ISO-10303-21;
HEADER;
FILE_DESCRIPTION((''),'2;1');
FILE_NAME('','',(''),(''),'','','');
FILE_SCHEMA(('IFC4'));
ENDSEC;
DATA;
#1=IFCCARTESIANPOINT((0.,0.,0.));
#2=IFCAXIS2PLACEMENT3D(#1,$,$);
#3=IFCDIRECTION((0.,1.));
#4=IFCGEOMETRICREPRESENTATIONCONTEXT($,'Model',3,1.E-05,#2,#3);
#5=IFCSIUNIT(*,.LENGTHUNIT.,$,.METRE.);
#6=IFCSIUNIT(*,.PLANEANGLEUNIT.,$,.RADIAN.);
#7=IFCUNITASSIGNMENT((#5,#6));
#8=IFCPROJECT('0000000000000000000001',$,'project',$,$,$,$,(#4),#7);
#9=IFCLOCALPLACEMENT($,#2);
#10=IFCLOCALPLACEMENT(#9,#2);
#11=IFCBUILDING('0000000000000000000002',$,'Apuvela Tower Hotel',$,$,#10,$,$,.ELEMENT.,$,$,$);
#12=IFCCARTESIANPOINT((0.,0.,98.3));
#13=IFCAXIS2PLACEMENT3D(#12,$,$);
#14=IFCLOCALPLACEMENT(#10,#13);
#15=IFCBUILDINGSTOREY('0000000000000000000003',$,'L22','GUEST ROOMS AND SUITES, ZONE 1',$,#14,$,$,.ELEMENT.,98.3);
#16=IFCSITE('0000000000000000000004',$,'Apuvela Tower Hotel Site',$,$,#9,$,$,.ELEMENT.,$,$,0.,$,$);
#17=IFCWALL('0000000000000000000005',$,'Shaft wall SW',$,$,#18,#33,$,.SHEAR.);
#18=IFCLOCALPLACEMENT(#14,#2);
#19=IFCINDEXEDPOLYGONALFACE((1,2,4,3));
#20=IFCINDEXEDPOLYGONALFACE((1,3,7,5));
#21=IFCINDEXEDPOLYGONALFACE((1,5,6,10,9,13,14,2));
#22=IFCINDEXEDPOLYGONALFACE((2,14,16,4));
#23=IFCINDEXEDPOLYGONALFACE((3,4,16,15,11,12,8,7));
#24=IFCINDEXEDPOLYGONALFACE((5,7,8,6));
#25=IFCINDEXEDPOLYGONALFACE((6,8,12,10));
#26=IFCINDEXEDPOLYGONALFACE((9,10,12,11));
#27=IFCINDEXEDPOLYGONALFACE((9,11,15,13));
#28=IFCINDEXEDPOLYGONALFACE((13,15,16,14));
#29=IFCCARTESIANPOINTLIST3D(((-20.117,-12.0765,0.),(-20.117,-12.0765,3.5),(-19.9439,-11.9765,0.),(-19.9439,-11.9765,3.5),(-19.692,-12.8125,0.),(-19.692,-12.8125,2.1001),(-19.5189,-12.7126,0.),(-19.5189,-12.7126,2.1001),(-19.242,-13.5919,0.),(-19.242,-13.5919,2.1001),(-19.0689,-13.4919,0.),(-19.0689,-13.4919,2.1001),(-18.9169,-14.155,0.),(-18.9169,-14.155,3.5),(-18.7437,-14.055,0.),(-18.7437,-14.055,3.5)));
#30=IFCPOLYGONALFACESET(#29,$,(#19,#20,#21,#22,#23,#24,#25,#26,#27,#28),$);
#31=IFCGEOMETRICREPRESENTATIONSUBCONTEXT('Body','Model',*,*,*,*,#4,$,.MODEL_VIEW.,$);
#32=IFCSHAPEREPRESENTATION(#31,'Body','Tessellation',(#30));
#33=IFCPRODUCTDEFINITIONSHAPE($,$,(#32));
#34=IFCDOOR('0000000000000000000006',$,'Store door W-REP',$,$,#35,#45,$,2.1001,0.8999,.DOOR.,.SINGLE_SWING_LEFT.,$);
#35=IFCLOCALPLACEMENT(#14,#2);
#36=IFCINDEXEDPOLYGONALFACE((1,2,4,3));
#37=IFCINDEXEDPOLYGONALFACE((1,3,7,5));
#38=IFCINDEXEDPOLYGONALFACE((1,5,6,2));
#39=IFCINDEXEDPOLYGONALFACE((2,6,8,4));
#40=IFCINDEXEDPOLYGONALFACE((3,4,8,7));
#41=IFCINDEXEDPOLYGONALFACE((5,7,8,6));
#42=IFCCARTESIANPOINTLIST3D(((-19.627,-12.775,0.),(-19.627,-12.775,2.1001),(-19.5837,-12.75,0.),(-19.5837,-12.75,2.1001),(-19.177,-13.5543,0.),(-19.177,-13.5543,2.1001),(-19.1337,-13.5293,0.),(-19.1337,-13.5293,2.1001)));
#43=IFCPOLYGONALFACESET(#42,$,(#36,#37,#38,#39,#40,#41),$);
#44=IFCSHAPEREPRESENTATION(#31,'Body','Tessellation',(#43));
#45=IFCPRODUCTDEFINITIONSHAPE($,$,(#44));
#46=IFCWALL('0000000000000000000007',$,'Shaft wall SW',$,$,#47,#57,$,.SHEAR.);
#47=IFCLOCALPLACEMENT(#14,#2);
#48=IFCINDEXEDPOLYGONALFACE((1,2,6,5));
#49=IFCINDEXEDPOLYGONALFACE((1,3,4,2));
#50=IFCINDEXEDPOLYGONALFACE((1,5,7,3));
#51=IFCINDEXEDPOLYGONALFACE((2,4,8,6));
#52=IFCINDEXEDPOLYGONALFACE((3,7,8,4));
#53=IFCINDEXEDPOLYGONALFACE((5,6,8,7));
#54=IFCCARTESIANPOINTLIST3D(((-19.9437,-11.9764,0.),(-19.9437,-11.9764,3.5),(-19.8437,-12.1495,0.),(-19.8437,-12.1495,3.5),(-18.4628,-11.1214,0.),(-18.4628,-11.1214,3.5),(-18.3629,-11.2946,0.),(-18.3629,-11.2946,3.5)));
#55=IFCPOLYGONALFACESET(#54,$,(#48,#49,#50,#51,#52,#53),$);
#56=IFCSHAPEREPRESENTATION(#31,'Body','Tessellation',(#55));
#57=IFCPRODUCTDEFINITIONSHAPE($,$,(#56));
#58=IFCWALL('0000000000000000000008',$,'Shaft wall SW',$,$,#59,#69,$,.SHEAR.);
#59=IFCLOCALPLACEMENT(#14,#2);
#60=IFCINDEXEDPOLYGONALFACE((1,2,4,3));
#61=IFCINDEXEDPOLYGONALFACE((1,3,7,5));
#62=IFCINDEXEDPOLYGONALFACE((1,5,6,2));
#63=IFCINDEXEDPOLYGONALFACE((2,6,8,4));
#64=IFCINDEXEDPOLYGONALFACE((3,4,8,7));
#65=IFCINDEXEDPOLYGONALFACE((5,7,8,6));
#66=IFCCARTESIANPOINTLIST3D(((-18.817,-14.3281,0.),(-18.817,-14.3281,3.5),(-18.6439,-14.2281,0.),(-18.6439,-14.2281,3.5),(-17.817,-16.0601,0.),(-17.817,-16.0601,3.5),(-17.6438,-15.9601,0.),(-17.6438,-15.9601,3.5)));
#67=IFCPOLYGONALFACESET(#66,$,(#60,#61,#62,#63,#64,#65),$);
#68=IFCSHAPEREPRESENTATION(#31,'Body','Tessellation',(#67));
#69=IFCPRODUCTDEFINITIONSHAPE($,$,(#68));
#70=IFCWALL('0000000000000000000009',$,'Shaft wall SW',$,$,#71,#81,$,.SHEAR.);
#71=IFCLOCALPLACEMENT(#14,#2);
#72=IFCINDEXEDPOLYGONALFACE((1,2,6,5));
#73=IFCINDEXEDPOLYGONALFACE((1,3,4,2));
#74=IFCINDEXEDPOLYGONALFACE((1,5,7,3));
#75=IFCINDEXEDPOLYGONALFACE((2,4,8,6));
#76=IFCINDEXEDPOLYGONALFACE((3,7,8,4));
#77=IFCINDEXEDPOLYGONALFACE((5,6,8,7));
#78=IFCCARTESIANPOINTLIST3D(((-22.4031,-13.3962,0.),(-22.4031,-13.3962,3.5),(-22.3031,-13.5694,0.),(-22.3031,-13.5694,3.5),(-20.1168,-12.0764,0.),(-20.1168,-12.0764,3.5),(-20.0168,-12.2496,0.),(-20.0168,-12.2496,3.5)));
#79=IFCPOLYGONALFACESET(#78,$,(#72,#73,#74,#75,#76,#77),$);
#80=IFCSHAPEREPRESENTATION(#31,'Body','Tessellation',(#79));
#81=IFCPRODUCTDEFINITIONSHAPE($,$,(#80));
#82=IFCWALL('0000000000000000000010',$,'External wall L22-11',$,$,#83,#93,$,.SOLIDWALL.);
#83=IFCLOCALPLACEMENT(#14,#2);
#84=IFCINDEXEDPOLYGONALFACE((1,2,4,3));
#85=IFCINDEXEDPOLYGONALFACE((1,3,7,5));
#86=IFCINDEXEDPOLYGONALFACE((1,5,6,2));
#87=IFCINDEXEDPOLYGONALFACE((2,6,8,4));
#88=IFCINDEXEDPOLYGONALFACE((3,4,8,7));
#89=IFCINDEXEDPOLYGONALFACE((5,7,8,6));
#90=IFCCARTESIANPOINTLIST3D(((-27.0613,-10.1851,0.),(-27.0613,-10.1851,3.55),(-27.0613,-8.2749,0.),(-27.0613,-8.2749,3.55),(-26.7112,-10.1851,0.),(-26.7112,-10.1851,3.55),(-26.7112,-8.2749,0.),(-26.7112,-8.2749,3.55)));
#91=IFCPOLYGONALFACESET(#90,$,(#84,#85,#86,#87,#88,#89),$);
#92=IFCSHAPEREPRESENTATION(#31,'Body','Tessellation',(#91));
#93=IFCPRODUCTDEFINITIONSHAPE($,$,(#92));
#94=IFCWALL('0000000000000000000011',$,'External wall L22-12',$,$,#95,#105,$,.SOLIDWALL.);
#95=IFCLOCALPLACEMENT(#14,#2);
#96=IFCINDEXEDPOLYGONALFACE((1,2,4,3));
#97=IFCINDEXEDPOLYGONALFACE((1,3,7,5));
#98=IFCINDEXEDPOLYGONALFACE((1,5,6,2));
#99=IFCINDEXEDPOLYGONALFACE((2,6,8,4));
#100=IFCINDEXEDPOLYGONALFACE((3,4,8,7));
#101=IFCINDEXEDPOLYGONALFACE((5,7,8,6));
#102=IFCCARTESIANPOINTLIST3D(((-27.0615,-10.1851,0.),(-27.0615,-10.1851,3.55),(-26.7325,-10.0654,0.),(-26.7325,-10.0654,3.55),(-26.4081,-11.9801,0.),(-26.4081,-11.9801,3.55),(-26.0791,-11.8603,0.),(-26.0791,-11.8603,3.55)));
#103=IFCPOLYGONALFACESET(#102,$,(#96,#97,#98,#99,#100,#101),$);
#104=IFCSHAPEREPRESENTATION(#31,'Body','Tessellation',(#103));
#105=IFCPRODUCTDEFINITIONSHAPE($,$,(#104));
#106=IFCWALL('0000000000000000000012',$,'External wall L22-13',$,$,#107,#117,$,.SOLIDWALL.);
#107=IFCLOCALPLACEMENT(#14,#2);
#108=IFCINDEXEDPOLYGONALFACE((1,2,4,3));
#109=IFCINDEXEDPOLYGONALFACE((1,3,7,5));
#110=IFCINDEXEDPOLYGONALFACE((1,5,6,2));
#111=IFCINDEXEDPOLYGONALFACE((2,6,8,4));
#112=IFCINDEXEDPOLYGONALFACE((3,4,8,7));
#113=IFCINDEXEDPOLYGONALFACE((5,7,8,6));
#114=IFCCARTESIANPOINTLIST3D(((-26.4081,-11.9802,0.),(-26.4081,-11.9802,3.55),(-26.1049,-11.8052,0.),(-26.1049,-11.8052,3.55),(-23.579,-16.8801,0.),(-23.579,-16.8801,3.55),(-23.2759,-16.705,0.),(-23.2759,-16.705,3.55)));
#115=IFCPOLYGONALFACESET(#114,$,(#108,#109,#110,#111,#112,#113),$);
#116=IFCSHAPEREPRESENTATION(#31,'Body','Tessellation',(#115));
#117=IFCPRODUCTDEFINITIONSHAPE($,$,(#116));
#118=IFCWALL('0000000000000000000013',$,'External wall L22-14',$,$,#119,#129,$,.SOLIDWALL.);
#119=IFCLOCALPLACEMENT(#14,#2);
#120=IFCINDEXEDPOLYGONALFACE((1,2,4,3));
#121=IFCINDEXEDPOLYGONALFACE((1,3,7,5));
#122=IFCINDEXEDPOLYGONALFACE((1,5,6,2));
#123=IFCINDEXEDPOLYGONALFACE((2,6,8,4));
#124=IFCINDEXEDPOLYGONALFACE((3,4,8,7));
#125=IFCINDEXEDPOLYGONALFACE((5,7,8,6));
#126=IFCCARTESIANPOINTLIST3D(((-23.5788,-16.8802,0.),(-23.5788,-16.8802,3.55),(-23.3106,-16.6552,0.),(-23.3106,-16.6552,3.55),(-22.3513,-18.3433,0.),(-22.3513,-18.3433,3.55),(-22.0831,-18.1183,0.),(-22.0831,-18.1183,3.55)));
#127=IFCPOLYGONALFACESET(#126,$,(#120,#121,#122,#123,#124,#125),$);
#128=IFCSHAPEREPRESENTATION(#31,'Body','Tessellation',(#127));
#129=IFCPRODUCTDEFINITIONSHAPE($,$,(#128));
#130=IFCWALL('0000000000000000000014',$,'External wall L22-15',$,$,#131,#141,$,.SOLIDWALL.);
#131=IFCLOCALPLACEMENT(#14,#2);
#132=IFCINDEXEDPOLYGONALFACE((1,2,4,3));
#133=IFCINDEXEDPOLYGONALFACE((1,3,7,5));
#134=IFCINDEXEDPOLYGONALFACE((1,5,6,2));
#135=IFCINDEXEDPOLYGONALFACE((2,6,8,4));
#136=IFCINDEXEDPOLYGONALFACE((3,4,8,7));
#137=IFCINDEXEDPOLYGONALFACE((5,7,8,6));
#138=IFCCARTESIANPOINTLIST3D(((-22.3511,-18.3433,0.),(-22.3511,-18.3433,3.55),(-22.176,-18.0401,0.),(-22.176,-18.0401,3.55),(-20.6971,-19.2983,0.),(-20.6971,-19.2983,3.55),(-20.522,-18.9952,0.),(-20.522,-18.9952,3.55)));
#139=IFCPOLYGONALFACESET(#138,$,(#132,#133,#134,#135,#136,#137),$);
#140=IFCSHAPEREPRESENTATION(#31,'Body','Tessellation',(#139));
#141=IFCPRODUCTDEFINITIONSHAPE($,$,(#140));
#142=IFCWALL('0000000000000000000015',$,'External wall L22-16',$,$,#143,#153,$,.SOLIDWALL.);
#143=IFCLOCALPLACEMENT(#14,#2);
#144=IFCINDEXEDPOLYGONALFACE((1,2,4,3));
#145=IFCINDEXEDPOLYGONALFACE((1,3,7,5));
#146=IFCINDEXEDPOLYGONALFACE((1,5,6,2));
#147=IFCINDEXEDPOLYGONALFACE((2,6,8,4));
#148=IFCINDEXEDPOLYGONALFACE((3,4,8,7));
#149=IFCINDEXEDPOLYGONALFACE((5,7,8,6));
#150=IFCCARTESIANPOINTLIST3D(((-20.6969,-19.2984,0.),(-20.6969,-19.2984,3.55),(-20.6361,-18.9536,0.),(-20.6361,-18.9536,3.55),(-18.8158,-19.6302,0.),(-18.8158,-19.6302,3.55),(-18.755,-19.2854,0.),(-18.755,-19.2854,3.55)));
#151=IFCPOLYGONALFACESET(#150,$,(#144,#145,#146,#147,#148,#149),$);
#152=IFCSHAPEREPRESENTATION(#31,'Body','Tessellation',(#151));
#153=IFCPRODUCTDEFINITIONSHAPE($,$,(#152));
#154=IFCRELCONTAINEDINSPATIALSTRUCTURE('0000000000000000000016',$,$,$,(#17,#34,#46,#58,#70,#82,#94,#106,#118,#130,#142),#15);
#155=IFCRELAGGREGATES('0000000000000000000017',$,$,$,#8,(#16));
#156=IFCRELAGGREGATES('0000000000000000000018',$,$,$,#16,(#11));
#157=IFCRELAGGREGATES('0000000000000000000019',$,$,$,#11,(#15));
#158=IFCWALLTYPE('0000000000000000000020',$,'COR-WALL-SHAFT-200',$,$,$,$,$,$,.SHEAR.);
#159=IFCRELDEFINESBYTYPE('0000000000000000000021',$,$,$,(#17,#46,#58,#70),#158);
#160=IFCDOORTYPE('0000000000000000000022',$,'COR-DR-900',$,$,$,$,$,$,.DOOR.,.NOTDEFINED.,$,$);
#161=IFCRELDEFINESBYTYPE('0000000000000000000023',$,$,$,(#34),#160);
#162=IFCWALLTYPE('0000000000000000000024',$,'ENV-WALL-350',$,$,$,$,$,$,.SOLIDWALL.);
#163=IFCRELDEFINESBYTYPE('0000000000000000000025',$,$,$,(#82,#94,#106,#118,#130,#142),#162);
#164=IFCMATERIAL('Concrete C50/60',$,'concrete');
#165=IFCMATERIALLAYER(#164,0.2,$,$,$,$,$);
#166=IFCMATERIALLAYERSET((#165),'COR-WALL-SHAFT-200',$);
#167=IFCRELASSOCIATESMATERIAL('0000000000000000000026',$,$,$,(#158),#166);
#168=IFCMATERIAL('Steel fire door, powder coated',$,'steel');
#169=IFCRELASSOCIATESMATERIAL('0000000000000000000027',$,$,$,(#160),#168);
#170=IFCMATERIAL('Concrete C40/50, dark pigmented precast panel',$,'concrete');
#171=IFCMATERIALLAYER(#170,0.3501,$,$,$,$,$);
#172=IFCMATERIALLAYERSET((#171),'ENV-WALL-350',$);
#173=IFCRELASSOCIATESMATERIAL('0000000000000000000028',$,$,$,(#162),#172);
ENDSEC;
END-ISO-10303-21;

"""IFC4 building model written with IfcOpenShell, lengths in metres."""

from ifc_helpers import new_model, si_unit, direction, frame, frame_2d, origin, place, context, subcontext, project, spatial, rectangle, extrude, material, layer, layer_set, type_object, element, fill, save


model = new_model("IFC4")

# Units and contexts
model_context = context("Model", 3, precision=1e-05, world=origin(), true_north=direction((0.0, 1.0)))
body_context = subcontext(model_context, "Body", "Model", "MODEL_VIEW")
ifc_project = project(units=[si_unit("LENGTHUNIT", "METRE"), si_unit("PLANEANGLEUNIT", "RADIAN")], contexts=[model_context])

# Site, building, storey
site_placement = place(None, origin())
site = spatial("IfcSite", under=ifc_project, at=site_placement, Name="Apuvela Tower Hotel Site", CompositionType="ELEMENT", RefElevation=0.0)
building_placement = place(site_placement, origin())
building = spatial("IfcBuilding", under=site, at=building_placement, Name="Apuvela Tower Hotel", CompositionType="ELEMENT")
storey_placement = place(building_placement, frame((0.0, 0.0, 98.3)))
storey = spatial("IfcBuildingStorey", under=building, at=storey_placement, Name="L22", Description="GUEST ROOMS AND SUITES, ZONE 1", CompositionType="ELEMENT", Elevation=98.3)

# Wall, opening, door
ifc_material_1 = material(Name="Concrete C50/60", Category="concrete")
ifc_layer_1 = layer(ifc_material_1, 0.2)
ifc_layer_set_1 = layer_set([ifc_layer_1], Name="COR-WALL-SHAFT-200")
wall_type_1 = type_object("IfcWallType", Name="COR-WALL-SHAFT-200", PredefinedType="SHEAR", material=ifc_layer_set_1)
wall_1_placement = place(storey_placement, frame((-20.0305, -12.0264, 0.0), z_axis=(0.0, 0.0, 1.0), x_axis=(0.500034, -0.866006, 0.0)))
wall_1 = element("IfcWall", 1, at=wall_1_placement, inside=storey, type_object=wall_type_1, Name="Shaft wall SW", PredefinedType="SHEAR", context=body_context, shape_type="SweptSolid", body=[
    extrude(rectangle(XDim=2.4001, YDim=0.2, at=frame_2d((1.2002, 0.0))), origin(), (0.0, 0.0, 1.0), 3.5),
])
opening_1_placement = place(wall_1_placement, frame((0.8501, 0.0, 0.0)))
opening_1 = element("IfcOpeningElement", 2, at=opening_1_placement, cuts=wall_1, PredefinedType="OPENING", context=body_context, shape_type="SweptSolid", body=[
    extrude(rectangle(XDim=0.8999, YDim=2.1001, at=frame_2d((0.45, 1.05))), frame((0.0, 0.1099, 0.0), z_axis=(0.0, -1.0, 0.0), x_axis=(1.0, 0.0, 0.0)), (0.0, 0.0, 1.0), 0.22),
])
ifc_material_2 = material(Name="Steel fire door, powder coated", Category="steel")
door_type_1 = type_object("IfcDoorType", Name="COR-DR-900", OperationType="NOTDEFINED", PredefinedType="DOOR", material=ifc_material_2)
door_1_placement = place(opening_1_placement, frame((0.8999, 0.0, 0.0), z_axis=(0.0, 0.0, 1.0), x_axis=(-1.0, 0.0, 0.0)))
door_1 = element("IfcDoor", 3, at=door_1_placement, inside=storey, type_object=door_type_1, Name="Store door W-REP", OperationType="SINGLE_SWING_LEFT", OverallHeight=2.1001, OverallWidth=0.8999, PredefinedType="DOOR", context=body_context, shape_type="SweptSolid", body=[
    extrude(rectangle(XDim=0.8999, YDim=2.1001, at=frame_2d((0.45, 1.05))), frame((0.0, 0.0249, 0.0), z_axis=(0.0, -1.0, 0.0), x_axis=(1.0, 0.0, 0.0)), (0.0, 0.0, 1.0), 0.05),
])
fill(opening_1, door_1)

# Walls
wall_2_placement = place(storey_placement, frame((-18.4128, -11.208, 0.0), z_axis=(0.0, 0.0, 1.0), x_axis=(-0.866038, -0.499978, 0.0)))
element("IfcWall", 4, at=wall_2_placement, inside=storey, type_object=wall_type_1, Name="Shaft wall SW", PredefinedType="SHEAR", context=body_context, shape_type="SweptSolid", body=[
    extrude(rectangle(XDim=1.71, YDim=0.2, at=frame_2d((0.855, 0.0))), origin(), (0.0, 0.0, 1.0), 3.5),
])
wall_3_placement = place(storey_placement, frame((-18.7305, -14.2781, 0.0), z_axis=(0.0, 0.0, 1.0), x_axis=(0.500025, -0.866011, 0.0)))
element("IfcWall", 5, at=wall_3_placement, inside=storey, type_object=wall_type_1, Name="Shaft wall SW", PredefinedType="SHEAR", context=body_context, shape_type="SweptSolid", body=[
    extrude(rectangle(XDim=2.0, YDim=0.2, at=frame_2d((1.0, 0.0))), origin(), (0.0, 0.0, 1.0), 3.5),
])
wall_4_placement = place(storey_placement, frame((-20.0669, -12.1631, 0.0), z_axis=(0.0, 0.0, 1.0), x_axis=(-0.866061, -0.499939, 0.0)))
element("IfcWall", 6, at=wall_4_placement, inside=storey, type_object=wall_type_1, Name="Shaft wall SW", PredefinedType="SHEAR", context=body_context, shape_type="SweptSolid", body=[
    extrude(rectangle(XDim=2.6399, YDim=0.2, at=frame_2d((1.3198, 0.0))), origin(), (0.0, 0.0, 1.0), 3.5),
])
ifc_material_3 = material(Name="Concrete C40/50, dark pigmented precast panel", Category="concrete")
ifc_layer_2 = layer(ifc_material_3, 0.3501)
ifc_layer_set_2 = layer_set([ifc_layer_2], Name="ENV-WALL-350")
wall_type_2 = type_object("IfcWallType", Name="ENV-WALL-350", PredefinedType="SOLIDWALL", material=ifc_layer_set_2)
for number, where, z_axis, x_axis, name in (
    (7, (-26.8862, -8.2749, 0.0), (0.0, 0.0, 1.0), (0.0, -1.0, 0.0), "External wall L22-11"),
    (8, (-26.897, -10.1252, 0.0), (0.0, 0.0, 1.0), (0.34203, -0.939689, 0.0), "External wall L22-12"),
):
    element("IfcWall", number, at=place(storey_placement, frame(where, z_axis=z_axis, x_axis=x_axis)), inside=storey, type_object=wall_type_2, Name=name, PredefinedType="SOLIDWALL", context=body_context, shape_type="SweptSolid", body=[
        extrude(rectangle(XDim=1.9102, YDim=0.3501, at=frame_2d((0.9551, 0.0))), origin(), (0.0, 0.0, 1.0), 3.55),
    ])
wall_5_placement = place(storey_placement, frame((-26.2566, -11.8926, 0.0), z_axis=(0.0, 0.0, 1.0), x_axis=(0.500019, -0.866015, 0.0)))
element("IfcWall", 9, at=wall_5_placement, inside=storey, type_object=wall_type_2, Name="External wall L22-13", PredefinedType="SOLIDWALL", context=body_context, shape_type="SweptSolid", body=[
    extrude(rectangle(XDim=5.658, YDim=0.3501, at=frame_2d((2.8291, 0.0))), origin(), (0.0, 0.0, 1.0), 3.55),
])
for number, where, z_axis, x_axis, name in (
    (10, (-23.4448, -16.7676, 0.0), (0.0, 0.0, 1.0), (0.642733, -0.76609, 0.0), "External wall L22-14"),
    (11, (-22.2637, -18.1917, 0.0), (0.0, 0.0, 1.0), (0.866, -0.500043, 0.0), "External wall L22-15"),
):
    element("IfcWall", number, at=place(storey_placement, frame(where, z_axis=z_axis, x_axis=x_axis)), inside=storey, type_object=wall_type_2, Name=name, PredefinedType="SOLIDWALL", context=body_context, shape_type="SweptSolid", body=[
        extrude(rectangle(XDim=1.9099, YDim=0.3501, at=frame_2d((0.9551, 0.0))), origin(), (0.0, 0.0, 1.0), 3.55),
    ])
wall_6_placement = place(storey_placement, frame((-20.6665, -19.126, 0.0), z_axis=(0.0, 0.0, 1.0), x_axis=(0.984799, -0.173698, 0.0)))
element("IfcWall", 12, at=wall_6_placement, inside=storey, type_object=wall_type_2, Name="External wall L22-16", PredefinedType="SOLIDWALL", context=body_context, shape_type="SweptSolid", body=[
    extrude(rectangle(XDim=1.9102, YDim=0.3501, at=frame_2d((0.9551, 0.0))), origin(), (0.0, 0.0, 1.0), 3.55),
])

save(model, "model.ifc")
